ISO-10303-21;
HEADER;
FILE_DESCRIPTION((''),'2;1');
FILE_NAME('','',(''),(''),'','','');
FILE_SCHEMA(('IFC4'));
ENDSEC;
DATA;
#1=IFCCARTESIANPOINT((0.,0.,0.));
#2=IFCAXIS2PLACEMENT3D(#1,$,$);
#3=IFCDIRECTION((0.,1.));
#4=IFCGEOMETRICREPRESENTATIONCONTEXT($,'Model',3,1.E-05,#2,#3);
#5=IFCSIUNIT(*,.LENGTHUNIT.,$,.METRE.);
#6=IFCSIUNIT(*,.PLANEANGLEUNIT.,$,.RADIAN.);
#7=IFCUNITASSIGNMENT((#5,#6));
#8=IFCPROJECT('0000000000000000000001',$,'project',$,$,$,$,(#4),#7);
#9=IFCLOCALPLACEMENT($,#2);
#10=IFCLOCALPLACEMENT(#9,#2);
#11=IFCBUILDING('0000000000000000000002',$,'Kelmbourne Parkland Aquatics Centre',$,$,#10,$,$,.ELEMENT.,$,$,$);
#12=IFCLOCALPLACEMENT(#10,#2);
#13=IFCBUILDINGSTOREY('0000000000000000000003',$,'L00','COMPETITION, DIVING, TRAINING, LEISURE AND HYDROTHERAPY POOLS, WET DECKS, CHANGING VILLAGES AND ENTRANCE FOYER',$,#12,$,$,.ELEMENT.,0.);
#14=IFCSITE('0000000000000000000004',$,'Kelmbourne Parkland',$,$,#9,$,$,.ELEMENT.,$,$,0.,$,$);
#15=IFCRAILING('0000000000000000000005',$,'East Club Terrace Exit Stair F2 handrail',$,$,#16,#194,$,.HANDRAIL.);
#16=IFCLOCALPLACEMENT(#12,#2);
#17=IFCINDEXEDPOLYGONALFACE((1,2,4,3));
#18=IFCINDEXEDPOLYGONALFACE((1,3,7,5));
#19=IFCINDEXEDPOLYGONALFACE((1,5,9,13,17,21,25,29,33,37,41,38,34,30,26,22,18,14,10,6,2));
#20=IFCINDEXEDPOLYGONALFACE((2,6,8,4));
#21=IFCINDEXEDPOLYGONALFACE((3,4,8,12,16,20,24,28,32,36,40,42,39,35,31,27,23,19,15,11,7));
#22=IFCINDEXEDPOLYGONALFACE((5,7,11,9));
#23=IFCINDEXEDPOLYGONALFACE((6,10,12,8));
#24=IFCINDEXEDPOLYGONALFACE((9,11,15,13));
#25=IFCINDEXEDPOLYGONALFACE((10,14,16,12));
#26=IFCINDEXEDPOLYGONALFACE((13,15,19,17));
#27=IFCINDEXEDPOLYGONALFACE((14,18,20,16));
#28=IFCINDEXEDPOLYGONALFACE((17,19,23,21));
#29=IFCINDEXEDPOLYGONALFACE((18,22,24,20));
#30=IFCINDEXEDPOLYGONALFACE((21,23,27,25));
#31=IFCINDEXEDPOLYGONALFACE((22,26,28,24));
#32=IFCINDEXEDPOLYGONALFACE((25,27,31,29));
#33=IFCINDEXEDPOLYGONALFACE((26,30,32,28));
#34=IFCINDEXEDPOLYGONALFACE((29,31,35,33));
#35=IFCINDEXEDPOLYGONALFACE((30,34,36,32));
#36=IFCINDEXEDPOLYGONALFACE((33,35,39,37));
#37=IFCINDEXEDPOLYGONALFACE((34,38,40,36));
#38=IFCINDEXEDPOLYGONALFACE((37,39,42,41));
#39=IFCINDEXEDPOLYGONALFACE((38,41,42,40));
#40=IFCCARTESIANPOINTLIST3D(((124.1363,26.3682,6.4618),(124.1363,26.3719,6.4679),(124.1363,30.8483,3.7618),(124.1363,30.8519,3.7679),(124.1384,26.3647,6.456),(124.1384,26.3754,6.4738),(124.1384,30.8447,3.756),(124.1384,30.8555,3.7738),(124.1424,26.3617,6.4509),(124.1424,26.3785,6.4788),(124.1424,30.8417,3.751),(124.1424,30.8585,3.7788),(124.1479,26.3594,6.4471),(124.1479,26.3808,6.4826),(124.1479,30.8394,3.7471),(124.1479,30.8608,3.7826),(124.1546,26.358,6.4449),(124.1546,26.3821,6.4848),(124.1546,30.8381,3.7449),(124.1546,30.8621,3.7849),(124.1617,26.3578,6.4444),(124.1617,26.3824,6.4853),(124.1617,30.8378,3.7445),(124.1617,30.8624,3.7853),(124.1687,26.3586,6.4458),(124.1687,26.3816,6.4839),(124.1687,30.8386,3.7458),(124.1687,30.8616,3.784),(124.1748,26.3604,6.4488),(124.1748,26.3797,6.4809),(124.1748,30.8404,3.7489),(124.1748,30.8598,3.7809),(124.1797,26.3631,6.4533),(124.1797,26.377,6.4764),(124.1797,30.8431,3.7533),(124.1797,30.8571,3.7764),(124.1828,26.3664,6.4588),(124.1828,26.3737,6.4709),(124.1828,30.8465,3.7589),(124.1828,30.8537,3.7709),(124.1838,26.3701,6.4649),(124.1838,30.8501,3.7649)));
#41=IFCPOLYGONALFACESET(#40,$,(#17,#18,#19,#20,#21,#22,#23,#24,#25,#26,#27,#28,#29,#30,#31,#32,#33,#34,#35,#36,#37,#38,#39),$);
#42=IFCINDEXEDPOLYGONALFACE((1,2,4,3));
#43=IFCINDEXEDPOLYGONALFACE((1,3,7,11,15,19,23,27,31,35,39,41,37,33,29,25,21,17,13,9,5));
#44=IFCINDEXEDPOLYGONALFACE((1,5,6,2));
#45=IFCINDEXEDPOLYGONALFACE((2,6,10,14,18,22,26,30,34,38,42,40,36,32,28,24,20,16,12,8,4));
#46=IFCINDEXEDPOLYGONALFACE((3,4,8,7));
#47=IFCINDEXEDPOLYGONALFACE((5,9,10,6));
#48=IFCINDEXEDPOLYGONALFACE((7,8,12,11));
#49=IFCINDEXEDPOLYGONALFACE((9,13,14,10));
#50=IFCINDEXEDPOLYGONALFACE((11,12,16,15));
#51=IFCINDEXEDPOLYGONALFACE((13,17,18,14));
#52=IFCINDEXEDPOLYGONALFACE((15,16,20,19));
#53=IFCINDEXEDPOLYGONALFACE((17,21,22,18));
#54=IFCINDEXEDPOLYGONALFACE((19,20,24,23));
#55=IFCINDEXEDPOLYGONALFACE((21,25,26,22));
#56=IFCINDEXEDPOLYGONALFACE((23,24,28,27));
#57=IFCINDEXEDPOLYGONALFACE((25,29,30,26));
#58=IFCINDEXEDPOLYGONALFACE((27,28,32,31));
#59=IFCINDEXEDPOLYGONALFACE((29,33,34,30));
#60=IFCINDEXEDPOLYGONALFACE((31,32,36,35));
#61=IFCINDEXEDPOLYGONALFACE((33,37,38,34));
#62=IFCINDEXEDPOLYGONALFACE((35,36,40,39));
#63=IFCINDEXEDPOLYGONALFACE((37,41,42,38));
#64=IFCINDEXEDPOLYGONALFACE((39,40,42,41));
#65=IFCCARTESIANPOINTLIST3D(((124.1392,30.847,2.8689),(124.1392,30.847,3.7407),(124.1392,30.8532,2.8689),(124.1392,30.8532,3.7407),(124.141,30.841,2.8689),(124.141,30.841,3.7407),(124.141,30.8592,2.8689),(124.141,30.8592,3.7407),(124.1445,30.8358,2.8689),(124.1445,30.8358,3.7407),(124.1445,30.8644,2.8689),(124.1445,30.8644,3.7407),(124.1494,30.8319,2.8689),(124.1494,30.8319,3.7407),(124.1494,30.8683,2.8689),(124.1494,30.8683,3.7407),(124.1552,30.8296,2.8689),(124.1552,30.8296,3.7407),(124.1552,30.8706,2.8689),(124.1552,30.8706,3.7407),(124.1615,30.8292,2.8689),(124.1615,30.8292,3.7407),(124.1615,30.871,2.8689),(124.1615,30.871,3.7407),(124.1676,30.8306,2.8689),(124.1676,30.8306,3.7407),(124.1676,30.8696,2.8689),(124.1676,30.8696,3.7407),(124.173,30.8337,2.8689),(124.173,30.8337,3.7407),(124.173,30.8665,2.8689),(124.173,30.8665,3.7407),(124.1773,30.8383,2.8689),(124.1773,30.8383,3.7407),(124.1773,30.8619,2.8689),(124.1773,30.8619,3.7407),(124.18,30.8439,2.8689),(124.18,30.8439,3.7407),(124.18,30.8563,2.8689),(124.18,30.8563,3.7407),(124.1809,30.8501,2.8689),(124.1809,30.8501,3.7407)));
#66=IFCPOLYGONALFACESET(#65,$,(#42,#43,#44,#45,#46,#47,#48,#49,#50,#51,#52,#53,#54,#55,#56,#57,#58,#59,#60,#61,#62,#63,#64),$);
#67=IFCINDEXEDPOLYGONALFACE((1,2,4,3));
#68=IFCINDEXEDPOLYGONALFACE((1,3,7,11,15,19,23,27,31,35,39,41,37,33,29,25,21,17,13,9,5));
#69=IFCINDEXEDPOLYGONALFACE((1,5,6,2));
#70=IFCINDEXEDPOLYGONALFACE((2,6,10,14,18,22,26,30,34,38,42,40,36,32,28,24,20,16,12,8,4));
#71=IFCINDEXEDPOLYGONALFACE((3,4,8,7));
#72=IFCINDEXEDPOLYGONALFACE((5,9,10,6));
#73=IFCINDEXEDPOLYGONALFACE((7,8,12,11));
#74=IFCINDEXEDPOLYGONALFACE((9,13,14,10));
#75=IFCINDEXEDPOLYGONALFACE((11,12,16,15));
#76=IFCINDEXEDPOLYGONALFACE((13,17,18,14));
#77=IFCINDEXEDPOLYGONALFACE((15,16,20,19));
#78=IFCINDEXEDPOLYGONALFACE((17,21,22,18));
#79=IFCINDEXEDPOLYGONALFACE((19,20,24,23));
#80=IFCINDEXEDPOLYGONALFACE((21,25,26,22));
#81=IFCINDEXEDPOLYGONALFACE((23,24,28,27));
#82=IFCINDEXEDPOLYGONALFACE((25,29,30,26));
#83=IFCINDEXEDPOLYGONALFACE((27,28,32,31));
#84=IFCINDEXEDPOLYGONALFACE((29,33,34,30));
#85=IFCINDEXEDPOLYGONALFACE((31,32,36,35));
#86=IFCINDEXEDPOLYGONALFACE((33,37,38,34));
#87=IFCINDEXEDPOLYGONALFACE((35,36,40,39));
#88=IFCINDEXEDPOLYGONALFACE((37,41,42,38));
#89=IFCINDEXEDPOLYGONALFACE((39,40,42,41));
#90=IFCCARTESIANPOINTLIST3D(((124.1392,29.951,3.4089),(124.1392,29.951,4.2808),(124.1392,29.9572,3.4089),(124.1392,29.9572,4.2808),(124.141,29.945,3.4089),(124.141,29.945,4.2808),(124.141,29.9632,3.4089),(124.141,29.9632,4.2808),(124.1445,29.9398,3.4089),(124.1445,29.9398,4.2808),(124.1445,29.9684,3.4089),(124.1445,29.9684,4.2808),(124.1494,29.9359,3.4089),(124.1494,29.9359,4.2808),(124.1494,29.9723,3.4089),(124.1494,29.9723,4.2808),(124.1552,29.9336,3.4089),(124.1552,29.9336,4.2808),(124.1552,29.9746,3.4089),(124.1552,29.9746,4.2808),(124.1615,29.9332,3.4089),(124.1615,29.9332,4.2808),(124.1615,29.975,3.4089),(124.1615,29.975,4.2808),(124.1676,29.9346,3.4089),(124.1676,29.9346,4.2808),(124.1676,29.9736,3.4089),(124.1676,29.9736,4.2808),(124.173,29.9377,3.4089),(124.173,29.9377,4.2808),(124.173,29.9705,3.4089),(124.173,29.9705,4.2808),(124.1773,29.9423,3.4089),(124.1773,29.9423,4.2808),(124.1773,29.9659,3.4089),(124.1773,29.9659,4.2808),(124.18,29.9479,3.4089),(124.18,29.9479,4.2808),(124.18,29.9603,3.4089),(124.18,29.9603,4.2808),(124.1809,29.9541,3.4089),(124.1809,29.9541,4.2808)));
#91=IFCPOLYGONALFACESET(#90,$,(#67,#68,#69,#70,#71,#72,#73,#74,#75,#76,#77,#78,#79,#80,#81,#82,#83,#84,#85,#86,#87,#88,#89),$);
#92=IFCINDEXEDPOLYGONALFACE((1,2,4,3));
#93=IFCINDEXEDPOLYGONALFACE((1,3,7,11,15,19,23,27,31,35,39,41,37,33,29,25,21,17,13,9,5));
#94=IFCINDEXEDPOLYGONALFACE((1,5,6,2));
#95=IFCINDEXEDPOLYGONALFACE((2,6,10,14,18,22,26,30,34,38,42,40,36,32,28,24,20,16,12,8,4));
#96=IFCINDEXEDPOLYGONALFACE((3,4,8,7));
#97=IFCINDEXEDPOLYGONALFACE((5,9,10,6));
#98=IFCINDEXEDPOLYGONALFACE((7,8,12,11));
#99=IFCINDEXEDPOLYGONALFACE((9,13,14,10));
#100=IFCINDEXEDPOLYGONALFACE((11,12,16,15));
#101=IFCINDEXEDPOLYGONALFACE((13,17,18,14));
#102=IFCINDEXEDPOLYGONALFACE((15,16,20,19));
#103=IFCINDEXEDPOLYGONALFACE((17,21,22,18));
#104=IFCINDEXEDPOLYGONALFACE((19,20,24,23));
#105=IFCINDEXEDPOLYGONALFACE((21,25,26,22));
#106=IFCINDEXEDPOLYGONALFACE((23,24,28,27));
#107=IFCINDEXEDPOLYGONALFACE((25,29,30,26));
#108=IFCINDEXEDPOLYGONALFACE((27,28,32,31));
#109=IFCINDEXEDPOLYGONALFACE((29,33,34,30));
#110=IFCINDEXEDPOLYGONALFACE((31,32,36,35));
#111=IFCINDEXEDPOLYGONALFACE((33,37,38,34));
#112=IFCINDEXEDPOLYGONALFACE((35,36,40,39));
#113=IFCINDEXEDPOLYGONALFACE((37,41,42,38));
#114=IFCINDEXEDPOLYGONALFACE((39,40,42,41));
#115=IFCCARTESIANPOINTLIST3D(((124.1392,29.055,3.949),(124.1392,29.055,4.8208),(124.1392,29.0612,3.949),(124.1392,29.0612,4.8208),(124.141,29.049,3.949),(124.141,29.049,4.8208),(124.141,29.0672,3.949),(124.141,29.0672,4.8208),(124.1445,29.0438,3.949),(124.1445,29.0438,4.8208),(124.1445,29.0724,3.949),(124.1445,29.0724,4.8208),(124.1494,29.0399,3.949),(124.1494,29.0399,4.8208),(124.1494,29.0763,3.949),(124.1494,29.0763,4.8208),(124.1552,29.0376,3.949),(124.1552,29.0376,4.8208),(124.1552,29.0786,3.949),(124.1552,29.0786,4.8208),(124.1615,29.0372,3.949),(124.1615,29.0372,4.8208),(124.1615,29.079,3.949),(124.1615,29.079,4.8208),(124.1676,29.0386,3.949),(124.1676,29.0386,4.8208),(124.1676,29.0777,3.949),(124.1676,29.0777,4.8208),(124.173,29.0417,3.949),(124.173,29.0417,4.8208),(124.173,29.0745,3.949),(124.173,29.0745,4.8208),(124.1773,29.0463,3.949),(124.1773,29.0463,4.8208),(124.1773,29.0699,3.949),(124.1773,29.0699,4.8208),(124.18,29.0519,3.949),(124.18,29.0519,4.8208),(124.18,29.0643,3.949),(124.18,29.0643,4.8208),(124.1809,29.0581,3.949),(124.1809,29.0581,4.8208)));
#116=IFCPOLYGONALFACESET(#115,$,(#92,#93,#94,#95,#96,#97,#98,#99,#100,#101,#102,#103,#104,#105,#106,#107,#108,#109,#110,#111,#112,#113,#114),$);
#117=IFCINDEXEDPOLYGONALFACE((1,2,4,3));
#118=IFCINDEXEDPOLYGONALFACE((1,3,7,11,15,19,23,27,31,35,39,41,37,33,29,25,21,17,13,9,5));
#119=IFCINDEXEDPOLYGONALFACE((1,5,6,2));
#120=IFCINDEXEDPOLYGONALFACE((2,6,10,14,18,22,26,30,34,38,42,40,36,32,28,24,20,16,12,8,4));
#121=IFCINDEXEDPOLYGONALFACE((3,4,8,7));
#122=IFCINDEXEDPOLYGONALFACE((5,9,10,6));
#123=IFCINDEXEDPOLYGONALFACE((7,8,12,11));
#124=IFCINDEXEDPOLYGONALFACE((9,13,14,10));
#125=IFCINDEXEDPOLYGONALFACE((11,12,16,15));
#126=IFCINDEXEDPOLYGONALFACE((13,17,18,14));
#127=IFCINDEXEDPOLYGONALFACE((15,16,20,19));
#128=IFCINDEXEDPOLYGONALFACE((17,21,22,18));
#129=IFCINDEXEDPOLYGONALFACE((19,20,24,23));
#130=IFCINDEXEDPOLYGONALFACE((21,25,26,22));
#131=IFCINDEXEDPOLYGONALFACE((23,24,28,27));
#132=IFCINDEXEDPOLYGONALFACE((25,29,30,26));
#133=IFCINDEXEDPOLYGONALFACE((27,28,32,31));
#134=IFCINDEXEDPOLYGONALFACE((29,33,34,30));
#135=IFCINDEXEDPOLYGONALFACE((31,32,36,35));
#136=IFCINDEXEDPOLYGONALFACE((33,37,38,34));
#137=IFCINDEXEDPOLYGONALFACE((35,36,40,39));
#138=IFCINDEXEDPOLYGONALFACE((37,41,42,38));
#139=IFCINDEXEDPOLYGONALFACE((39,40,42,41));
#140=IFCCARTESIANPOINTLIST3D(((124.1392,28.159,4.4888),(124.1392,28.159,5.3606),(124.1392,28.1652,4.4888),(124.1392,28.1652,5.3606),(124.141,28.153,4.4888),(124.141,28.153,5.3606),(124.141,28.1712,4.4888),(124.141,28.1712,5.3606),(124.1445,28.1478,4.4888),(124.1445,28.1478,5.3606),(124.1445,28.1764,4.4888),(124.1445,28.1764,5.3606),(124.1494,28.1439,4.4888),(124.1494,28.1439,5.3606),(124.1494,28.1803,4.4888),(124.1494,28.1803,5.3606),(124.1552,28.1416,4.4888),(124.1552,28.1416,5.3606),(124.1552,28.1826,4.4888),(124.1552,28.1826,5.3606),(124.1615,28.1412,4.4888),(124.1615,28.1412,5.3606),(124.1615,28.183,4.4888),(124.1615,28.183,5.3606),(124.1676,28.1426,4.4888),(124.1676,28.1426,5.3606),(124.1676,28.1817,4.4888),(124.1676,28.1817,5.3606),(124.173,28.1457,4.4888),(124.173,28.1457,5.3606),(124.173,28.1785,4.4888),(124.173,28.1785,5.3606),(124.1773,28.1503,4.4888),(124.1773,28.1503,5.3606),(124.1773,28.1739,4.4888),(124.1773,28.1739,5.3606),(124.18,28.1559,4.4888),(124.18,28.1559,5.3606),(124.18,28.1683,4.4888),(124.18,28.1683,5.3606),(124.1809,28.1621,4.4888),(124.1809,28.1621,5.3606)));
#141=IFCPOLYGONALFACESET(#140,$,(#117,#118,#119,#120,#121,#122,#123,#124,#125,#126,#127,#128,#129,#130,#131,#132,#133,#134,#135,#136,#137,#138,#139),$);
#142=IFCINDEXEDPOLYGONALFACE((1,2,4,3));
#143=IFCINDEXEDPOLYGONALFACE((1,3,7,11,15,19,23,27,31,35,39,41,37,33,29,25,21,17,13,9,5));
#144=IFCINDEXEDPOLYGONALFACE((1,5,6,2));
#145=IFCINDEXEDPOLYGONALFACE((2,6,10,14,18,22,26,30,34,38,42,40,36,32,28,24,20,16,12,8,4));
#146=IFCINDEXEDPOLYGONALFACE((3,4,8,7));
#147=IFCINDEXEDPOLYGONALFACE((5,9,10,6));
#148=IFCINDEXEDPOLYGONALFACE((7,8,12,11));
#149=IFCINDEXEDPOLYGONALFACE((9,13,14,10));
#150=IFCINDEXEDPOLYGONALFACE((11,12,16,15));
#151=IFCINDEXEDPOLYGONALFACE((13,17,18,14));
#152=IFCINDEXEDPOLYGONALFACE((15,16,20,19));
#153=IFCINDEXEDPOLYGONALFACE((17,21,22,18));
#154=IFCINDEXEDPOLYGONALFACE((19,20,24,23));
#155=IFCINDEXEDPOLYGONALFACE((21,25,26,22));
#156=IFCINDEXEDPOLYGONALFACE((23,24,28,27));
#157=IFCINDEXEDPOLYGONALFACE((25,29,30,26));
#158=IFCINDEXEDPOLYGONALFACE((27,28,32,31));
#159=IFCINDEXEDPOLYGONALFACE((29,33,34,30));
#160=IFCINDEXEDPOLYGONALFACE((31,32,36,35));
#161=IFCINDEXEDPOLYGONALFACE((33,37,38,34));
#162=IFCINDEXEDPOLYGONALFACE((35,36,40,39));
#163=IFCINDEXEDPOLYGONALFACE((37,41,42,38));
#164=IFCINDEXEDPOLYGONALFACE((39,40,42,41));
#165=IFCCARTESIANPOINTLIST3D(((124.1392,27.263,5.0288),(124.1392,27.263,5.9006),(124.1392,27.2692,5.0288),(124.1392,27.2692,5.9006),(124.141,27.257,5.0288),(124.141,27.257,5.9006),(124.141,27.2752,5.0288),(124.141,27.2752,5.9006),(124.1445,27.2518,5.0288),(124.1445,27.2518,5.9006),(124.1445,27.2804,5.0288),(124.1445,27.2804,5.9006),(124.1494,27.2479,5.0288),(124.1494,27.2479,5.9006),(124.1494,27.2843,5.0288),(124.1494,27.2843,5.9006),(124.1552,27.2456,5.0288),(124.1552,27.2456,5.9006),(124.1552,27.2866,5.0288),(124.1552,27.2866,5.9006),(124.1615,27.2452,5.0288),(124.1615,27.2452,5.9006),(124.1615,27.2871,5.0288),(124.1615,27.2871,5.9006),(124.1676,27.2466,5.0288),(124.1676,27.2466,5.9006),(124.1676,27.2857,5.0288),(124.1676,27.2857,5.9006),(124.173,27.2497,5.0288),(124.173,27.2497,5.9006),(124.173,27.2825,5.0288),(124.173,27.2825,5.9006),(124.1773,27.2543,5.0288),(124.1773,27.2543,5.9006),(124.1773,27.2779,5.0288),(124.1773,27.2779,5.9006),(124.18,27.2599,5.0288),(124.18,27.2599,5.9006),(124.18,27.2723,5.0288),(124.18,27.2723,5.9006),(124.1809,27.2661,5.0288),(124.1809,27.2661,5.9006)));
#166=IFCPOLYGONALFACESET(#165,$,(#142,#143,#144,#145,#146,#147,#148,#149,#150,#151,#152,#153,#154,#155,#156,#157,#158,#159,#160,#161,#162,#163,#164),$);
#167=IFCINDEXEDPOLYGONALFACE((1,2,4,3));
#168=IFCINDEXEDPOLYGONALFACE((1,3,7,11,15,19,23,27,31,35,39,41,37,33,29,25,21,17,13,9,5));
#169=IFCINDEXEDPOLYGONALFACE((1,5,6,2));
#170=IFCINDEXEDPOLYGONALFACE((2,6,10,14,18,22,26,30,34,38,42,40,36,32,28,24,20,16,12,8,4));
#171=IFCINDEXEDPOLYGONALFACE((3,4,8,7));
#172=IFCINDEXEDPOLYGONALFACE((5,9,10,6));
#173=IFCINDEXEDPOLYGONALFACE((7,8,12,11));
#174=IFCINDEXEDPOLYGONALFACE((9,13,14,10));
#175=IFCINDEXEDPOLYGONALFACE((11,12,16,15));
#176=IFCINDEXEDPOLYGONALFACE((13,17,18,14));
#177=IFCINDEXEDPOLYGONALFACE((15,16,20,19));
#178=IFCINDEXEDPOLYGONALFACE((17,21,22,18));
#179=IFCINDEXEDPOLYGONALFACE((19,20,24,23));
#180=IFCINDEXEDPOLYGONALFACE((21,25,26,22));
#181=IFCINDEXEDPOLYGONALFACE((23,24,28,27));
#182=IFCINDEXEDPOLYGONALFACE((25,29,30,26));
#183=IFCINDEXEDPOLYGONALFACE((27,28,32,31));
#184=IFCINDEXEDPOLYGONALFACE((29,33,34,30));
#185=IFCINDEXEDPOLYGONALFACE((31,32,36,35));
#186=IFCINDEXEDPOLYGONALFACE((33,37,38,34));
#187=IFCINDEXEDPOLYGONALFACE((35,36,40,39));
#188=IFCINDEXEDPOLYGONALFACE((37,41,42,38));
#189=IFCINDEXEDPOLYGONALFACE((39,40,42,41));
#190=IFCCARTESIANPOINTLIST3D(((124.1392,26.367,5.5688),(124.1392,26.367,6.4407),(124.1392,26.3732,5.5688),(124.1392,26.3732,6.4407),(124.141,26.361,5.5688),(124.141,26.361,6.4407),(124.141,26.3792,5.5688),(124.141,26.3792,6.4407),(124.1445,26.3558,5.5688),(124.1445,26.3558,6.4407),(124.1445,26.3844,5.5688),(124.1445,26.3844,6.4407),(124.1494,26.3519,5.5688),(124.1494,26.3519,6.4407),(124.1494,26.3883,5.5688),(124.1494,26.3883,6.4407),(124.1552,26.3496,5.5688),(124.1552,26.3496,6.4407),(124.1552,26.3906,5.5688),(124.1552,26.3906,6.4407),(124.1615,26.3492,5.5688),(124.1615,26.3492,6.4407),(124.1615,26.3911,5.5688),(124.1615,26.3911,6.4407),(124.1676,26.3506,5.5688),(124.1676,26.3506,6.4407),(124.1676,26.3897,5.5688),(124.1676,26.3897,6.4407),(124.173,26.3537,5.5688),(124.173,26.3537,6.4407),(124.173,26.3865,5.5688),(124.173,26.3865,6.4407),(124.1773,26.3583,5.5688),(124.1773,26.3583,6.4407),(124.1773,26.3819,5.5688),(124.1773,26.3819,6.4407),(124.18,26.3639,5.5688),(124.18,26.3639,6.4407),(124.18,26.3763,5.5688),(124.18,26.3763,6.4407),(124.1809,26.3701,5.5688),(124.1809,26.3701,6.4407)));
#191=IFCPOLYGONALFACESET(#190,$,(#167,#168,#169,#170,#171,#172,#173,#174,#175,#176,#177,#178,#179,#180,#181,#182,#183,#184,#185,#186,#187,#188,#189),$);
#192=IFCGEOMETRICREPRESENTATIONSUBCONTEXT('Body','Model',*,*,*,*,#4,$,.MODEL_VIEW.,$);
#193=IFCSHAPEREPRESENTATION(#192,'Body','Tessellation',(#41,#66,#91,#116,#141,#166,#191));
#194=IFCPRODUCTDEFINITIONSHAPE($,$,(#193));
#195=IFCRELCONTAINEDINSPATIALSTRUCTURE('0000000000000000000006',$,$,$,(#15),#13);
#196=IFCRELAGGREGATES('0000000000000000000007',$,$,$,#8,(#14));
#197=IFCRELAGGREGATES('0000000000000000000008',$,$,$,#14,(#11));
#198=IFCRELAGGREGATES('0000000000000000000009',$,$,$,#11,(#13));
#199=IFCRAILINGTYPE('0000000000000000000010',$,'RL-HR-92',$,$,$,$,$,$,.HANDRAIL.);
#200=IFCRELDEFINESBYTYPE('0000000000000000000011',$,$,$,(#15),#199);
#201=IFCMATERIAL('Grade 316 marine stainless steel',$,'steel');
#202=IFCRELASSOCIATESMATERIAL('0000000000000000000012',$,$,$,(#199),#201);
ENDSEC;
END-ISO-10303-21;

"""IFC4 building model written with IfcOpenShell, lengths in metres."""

from ifc_helpers import new_model, si_unit, direction, frame, origin, origin_2d, place, context, subcontext, project, spatial, circle, extrude, material, type_object, element, save


model = new_model("IFC4")

# Units and contexts
model_context = context("Model", 3, precision=1e-05, world=origin(), true_north=direction((0.0, 1.0)))
body_context = subcontext(model_context, "Body", "Model", "MODEL_VIEW")
ifc_project = project(units=[si_unit("LENGTHUNIT", "METRE"), si_unit("PLANEANGLEUNIT", "RADIAN")], contexts=[model_context])

# Site, building, storey
site_placement = place(None, origin())
site = spatial("IfcSite", under=ifc_project, at=site_placement, Name="Kelmbourne Parkland", CompositionType="ELEMENT", RefElevation=0.0)
building_placement = place(site_placement, origin())
building = spatial("IfcBuilding", under=site, at=building_placement, Name="Kelmbourne Parkland Aquatics Centre", CompositionType="ELEMENT")
storey_placement = place(building_placement, origin())
storey = spatial("IfcBuildingStorey", under=building, at=storey_placement, Name="L00", Description="COMPETITION, DIVING, TRAINING, LEISURE AND HYDROTHERAPY POOLS, WET DECKS, CHANGING VILLAGES AND ENTRANCE FOYER", CompositionType="ELEMENT", Elevation=0.0)

# Railing
ifc_material_1 = material(Name="Grade 316 marine stainless steel", Category="steel")
railing_type_1 = type_object("IfcRailingType", Name="RL-HR-92", PredefinedType="HANDRAIL", material=ifc_material_1)
railing_1_placement = place(storey_placement, frame((124.1599, 30.8501, 2.8689)))
element("IfcRailing", 1, at=railing_1_placement, inside=storey, type_object=railing_type_1, Name="East Club Terrace Exit Stair F2 handrail", PredefinedType="HANDRAIL", context=body_context, shape_type="SweptSolid", body=[
    extrude(circle(Radius=0.0239, at=origin_2d()), frame((0.0, 0.0, 0.896), z_axis=(0.0, -0.856482, 0.516176), x_axis=(1.0, 0.0, 0.0)), (0.0, 0.0, 1.0), 5.2307),
    extrude(circle(Radius=0.021, at=origin_2d()), origin(), (0.0, 0.0, 1.0), 0.8718),
    extrude(circle(Radius=0.021, at=origin_2d()), frame((0.0, -0.896, 0.54)), (0.0, 0.0, 1.0), 0.8718),
    extrude(circle(Radius=0.021, at=origin_2d()), frame((0.0, -1.792, 1.0801)), (0.0, 0.0, 1.0), 0.8718),
    extrude(circle(Radius=0.021, at=origin_2d()), frame((0.0, -2.688, 1.6199)), (0.0, 0.0, 1.0), 0.8718),
    extrude(circle(Radius=0.021, at=origin_2d()), frame((0.0, -3.584, 2.1599)), (0.0, 0.0, 1.0), 0.8718),
    extrude(circle(Radius=0.021, at=origin_2d()), frame((0.0, -4.48, 2.7)), (0.0, 0.0, 1.0), 0.8718),
])

save(model, "model.ifc")
